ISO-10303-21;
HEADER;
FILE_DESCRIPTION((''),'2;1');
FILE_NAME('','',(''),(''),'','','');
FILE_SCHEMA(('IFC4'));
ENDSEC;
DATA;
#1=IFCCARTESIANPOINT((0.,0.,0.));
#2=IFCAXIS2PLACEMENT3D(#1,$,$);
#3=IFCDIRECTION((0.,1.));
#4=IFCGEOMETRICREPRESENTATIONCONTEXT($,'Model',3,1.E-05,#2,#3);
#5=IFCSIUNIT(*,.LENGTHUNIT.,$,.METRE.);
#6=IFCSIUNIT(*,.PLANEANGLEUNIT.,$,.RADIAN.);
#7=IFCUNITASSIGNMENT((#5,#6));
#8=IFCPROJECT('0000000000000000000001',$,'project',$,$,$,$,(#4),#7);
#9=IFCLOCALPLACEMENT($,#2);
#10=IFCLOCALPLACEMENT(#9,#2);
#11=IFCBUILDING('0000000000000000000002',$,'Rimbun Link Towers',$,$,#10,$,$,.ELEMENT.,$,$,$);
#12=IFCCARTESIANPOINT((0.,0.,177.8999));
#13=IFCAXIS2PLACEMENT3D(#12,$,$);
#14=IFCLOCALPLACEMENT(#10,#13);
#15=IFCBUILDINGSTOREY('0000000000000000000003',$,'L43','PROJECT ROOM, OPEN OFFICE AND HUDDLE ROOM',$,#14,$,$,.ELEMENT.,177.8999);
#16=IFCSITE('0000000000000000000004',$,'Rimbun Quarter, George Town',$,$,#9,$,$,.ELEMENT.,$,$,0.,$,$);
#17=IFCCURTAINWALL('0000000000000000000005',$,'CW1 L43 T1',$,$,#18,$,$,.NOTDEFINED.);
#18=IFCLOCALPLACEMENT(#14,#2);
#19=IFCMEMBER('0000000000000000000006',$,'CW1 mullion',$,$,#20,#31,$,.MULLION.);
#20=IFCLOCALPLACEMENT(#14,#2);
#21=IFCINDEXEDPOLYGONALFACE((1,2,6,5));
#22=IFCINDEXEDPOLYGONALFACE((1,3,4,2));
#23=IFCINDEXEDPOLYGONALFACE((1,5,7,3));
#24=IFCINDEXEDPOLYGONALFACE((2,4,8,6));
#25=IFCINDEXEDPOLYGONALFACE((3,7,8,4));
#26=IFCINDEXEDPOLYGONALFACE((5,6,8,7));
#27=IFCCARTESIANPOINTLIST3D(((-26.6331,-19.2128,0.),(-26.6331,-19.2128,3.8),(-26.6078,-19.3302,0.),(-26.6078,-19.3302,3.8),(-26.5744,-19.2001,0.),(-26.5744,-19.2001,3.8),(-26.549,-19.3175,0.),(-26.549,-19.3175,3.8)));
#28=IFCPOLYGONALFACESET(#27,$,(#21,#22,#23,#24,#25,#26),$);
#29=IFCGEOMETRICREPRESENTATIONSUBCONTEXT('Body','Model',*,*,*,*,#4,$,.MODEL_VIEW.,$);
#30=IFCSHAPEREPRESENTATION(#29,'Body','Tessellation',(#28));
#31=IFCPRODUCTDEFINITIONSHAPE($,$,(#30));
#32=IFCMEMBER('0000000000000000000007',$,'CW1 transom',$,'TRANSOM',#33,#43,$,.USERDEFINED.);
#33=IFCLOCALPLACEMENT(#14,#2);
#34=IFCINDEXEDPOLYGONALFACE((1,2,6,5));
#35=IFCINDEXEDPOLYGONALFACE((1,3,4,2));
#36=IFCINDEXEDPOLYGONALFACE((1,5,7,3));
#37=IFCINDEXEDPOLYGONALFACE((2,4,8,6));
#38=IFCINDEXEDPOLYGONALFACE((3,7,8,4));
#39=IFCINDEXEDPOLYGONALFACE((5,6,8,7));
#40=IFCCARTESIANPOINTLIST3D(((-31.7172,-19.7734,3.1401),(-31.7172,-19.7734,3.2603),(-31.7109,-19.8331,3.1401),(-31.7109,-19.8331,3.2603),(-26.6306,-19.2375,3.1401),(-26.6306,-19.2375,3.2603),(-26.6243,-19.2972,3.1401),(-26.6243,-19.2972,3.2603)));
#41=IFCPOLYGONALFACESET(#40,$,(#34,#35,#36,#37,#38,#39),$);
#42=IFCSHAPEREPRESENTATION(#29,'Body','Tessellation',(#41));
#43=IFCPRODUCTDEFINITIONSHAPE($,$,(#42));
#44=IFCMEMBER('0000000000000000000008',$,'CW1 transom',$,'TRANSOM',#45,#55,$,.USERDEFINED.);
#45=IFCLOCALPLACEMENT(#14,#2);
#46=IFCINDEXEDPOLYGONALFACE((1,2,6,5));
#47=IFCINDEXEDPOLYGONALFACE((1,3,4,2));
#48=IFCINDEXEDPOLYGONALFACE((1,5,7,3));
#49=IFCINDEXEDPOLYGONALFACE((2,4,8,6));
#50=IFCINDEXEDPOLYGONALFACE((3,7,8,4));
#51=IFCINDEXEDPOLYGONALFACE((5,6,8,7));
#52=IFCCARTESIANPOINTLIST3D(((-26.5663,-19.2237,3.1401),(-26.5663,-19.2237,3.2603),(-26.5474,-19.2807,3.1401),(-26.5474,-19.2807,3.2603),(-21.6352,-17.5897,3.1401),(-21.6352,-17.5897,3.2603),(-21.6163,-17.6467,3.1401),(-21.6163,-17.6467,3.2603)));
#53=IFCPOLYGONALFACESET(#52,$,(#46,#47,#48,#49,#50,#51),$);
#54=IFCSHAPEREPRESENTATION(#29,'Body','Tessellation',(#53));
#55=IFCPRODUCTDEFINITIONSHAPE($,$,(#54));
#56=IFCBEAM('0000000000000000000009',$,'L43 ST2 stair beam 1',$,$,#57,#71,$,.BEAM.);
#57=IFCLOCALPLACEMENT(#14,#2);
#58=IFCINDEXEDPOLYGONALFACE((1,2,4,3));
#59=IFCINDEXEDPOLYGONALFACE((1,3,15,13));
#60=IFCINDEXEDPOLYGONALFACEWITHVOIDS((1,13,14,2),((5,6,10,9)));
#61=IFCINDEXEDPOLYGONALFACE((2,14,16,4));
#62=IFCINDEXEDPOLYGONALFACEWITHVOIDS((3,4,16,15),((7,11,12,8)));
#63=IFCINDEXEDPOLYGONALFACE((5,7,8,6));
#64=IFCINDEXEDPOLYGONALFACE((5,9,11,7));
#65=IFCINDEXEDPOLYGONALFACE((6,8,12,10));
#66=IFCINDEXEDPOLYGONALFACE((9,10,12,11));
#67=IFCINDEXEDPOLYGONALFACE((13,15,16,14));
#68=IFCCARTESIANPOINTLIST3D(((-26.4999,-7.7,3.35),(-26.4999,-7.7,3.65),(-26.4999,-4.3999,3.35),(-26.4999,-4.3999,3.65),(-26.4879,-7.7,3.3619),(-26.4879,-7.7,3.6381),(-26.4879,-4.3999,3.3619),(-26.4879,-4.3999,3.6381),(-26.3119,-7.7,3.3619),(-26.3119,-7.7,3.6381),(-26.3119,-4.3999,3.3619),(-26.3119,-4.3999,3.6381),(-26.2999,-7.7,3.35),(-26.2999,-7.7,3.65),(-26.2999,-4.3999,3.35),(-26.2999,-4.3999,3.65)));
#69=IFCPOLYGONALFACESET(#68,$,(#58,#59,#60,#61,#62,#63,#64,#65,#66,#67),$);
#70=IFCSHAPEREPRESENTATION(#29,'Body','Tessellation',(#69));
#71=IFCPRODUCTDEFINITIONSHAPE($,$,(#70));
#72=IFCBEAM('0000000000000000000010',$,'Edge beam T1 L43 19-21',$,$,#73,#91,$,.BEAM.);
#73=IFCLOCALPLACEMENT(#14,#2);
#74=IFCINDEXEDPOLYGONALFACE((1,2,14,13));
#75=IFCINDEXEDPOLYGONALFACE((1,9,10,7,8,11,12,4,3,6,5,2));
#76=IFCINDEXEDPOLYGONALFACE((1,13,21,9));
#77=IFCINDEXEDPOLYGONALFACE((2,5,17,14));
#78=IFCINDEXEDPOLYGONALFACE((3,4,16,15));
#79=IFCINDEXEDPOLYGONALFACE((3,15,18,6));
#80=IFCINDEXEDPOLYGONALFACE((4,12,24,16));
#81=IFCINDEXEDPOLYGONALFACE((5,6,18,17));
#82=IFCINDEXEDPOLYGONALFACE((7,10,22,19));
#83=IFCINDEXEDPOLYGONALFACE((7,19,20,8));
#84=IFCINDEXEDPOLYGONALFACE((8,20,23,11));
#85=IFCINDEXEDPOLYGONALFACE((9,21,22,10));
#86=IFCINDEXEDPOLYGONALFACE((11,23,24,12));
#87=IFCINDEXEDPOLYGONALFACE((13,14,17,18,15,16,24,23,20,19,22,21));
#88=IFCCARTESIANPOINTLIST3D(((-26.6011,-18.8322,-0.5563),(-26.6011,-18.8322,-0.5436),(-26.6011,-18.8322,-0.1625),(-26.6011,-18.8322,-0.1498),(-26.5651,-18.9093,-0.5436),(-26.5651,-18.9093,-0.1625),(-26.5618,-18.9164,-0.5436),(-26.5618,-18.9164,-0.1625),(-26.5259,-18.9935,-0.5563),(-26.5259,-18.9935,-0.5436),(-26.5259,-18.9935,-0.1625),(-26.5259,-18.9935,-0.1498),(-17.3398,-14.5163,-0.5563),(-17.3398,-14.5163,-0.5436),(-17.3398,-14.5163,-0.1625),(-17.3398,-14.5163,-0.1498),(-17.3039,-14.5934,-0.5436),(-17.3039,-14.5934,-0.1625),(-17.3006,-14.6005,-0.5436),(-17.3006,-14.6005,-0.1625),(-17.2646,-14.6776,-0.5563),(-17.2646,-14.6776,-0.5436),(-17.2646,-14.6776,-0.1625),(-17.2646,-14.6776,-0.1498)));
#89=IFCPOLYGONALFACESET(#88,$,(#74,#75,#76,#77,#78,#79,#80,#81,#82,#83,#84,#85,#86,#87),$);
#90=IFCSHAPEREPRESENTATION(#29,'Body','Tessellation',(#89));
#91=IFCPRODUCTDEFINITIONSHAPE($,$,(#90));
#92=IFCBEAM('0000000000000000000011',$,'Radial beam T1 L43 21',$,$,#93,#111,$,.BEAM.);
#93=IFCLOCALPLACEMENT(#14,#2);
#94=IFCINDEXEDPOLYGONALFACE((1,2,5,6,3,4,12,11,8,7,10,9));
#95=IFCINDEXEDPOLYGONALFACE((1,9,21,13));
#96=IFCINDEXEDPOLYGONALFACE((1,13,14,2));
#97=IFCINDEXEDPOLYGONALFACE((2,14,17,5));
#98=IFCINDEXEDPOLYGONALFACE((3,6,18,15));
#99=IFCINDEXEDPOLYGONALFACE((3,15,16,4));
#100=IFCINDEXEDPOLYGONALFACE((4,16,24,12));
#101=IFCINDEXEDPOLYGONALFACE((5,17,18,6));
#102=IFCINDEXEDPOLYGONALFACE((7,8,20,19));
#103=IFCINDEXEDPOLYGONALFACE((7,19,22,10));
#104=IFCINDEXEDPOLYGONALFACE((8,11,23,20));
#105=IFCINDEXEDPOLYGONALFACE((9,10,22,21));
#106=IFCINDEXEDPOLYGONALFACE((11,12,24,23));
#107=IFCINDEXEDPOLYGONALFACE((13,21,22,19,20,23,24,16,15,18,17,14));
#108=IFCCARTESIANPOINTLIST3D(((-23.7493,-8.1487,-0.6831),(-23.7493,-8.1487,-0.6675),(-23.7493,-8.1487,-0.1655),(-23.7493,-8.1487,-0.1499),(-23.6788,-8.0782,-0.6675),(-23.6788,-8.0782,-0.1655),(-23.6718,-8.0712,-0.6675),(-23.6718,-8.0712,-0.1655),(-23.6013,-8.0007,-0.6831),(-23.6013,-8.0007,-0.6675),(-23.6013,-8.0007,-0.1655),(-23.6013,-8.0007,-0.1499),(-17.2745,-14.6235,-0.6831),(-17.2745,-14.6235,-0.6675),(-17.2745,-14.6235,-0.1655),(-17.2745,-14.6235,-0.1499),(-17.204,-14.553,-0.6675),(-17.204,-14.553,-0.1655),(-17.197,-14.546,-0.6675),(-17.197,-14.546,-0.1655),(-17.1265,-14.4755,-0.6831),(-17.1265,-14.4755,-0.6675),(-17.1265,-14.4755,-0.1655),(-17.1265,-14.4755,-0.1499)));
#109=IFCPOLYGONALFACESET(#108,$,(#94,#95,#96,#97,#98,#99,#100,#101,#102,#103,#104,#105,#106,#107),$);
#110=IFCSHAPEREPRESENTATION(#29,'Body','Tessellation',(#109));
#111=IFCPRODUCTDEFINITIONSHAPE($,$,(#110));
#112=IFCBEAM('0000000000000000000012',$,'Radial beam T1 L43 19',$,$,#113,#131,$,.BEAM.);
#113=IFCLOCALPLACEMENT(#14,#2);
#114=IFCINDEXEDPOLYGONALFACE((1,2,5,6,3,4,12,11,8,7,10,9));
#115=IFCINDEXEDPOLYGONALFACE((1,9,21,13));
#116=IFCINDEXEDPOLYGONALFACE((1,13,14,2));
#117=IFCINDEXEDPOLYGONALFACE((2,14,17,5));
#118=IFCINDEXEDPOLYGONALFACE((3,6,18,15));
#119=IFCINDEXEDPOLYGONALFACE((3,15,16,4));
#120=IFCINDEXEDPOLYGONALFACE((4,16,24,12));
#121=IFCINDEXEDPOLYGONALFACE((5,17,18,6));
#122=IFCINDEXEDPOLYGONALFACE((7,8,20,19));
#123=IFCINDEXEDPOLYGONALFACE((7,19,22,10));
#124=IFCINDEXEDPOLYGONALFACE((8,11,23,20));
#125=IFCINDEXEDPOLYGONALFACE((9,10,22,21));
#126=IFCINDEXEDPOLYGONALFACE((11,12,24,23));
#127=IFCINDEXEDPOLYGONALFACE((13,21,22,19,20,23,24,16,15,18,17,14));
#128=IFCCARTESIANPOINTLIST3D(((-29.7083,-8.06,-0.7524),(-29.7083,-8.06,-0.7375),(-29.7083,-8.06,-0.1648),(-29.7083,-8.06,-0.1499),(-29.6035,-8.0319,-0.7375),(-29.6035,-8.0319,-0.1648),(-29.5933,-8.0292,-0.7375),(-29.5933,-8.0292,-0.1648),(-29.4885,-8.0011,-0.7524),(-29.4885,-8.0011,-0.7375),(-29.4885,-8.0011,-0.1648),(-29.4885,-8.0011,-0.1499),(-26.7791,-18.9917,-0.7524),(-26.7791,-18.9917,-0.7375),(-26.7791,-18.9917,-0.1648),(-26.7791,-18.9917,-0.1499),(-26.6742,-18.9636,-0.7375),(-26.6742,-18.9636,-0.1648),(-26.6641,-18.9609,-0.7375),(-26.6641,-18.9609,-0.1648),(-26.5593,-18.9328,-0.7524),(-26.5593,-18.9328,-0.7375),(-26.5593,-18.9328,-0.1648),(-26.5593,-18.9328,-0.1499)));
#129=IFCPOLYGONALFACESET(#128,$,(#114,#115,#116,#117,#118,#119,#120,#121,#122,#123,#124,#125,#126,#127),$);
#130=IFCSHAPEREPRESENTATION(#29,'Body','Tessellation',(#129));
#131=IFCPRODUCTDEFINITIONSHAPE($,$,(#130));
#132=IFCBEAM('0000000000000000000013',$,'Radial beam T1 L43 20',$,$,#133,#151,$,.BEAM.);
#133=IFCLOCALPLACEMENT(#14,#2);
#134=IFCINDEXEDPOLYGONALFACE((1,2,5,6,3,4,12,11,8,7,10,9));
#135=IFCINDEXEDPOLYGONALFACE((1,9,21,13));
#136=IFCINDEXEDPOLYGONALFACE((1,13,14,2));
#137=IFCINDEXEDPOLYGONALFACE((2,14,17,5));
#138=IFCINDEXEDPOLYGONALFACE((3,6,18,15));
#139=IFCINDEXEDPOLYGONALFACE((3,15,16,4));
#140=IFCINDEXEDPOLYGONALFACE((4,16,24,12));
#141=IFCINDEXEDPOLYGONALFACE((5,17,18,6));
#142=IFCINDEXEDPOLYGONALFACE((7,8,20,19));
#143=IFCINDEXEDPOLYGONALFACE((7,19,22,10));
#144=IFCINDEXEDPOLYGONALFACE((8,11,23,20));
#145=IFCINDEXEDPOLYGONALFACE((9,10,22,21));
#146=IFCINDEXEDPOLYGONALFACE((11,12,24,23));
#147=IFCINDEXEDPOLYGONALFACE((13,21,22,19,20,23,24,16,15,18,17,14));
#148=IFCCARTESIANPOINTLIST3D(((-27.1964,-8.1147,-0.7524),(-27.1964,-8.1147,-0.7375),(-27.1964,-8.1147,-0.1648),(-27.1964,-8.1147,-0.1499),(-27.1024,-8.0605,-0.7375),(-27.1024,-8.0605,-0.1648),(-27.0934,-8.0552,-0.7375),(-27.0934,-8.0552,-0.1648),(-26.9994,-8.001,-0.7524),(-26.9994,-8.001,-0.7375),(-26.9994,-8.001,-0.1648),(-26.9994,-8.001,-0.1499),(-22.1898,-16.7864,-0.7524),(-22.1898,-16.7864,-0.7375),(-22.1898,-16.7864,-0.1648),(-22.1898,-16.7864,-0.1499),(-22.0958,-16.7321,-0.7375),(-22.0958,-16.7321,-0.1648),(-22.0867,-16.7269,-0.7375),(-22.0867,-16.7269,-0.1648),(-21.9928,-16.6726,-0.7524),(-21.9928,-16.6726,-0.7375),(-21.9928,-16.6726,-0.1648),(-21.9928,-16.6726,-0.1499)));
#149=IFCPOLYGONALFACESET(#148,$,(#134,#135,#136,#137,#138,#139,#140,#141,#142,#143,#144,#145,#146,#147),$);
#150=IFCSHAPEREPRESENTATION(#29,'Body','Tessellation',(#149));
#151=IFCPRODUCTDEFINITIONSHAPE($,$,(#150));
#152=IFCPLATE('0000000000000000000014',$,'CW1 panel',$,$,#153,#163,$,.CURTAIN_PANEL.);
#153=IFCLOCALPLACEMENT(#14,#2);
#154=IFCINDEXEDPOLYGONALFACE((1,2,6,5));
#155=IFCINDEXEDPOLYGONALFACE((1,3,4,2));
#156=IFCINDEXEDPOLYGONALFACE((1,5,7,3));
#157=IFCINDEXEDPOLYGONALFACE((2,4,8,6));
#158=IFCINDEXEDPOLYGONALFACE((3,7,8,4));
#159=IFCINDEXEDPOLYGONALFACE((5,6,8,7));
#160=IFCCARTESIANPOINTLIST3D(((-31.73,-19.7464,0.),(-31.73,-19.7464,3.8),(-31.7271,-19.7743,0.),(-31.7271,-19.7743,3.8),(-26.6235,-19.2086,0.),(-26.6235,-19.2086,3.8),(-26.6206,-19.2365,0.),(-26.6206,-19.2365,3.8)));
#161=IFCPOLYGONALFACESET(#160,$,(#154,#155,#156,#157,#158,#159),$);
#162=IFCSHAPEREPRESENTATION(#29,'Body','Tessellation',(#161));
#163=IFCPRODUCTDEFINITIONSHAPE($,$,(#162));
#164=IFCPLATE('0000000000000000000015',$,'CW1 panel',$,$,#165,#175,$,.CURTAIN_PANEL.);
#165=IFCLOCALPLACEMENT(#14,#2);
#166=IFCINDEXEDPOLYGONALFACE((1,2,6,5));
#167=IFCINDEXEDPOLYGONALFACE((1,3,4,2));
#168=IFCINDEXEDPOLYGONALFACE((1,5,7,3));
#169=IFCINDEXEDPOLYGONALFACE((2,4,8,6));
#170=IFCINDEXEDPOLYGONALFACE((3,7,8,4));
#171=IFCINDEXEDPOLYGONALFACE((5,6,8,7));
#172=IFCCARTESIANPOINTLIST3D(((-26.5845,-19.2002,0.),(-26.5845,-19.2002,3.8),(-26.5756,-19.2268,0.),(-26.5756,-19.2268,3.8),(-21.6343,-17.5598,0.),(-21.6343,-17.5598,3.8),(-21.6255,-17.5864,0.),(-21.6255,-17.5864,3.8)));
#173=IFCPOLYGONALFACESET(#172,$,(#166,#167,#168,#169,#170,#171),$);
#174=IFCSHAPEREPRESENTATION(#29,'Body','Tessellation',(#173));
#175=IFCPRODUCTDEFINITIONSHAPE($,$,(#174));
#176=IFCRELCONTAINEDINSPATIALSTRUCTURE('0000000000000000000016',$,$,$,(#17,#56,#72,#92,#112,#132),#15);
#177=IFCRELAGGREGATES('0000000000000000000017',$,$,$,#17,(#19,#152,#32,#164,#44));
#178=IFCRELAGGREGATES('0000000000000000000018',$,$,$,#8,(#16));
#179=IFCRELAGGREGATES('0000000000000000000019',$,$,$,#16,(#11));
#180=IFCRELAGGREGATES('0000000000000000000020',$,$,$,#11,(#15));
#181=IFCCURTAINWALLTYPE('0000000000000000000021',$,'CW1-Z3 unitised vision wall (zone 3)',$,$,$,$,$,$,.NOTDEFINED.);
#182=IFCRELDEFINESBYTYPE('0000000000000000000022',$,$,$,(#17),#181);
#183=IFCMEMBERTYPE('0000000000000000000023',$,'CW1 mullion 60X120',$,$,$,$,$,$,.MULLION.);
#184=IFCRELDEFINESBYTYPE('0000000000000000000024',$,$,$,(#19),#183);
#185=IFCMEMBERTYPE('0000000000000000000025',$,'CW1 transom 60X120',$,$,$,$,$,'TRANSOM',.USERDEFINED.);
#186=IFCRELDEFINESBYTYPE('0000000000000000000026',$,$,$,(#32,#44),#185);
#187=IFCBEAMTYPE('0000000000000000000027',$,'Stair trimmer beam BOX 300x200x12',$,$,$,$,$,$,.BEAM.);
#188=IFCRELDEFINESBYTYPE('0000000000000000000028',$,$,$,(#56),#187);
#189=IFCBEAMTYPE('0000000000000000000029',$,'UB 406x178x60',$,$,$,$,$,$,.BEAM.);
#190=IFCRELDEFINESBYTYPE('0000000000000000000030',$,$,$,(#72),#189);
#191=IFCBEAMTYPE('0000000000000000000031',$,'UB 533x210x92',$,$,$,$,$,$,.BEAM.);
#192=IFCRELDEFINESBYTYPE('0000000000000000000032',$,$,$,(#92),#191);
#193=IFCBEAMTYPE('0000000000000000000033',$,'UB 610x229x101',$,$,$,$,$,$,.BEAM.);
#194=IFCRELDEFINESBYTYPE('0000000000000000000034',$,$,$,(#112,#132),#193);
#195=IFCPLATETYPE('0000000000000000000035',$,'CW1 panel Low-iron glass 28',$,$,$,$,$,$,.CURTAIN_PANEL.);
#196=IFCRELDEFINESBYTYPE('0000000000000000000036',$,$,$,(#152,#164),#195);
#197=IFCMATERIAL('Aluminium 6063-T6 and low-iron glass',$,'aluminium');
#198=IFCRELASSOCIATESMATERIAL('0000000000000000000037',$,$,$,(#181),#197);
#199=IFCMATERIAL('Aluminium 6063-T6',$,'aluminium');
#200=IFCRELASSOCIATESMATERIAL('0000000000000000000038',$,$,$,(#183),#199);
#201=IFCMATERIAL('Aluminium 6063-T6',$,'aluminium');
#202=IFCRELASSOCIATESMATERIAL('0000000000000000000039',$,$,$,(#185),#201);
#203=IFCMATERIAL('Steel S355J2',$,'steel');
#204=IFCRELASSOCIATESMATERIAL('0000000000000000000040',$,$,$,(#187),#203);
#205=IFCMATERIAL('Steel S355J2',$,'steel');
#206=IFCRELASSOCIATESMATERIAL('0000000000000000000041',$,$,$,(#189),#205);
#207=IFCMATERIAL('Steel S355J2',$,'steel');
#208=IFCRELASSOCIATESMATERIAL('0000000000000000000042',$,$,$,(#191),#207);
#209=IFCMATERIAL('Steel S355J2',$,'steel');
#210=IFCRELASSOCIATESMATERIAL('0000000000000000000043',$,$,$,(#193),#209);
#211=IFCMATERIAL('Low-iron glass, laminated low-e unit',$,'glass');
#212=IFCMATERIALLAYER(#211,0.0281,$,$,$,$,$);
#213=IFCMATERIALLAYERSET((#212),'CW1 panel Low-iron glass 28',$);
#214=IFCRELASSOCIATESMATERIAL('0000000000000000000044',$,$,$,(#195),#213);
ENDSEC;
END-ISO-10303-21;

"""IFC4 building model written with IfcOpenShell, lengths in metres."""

from ifc_helpers import new_model, si_unit, direction, frame, origin, origin_2d, place, context, subcontext, project, spatial, rectangle, hollow_rectangle, i_section, extrude, material, layer, layer_set, material_profile, profile_set, type_object, element, aggregate, save


model = new_model("IFC4")

# Units and contexts
model_context = context("Model", 3, precision=1e-05, world=origin(), true_north=direction((0.0, 1.0)))
body_context = subcontext(model_context, "Body", "Model", "MODEL_VIEW")
ifc_project = project(units=[si_unit("LENGTHUNIT", "METRE"), si_unit("PLANEANGLEUNIT", "RADIAN")], contexts=[model_context])

# Site, building, storey
site_placement = place(None, origin())
site = spatial("IfcSite", under=ifc_project, at=site_placement, Name="Rimbun Quarter, George Town", CompositionType="ELEMENT", RefElevation=0.0)
building_placement = place(site_placement, origin())
building = spatial("IfcBuilding", under=site, at=building_placement, Name="Rimbun Link Towers", CompositionType="ELEMENT")
storey_placement = place(building_placement, frame((0.0, 0.0, 177.8999)))
storey = spatial("IfcBuildingStorey", under=building, at=storey_placement, Name="L43", Description="PROJECT ROOM, OPEN OFFICE AND HUDDLE ROOM", CompositionType="ELEMENT", Elevation=177.8999)

# Curtain wall, members
ifc_material_1 = material(Name="Aluminium 6063-T6 and low-iron glass", Category="aluminium")
curtain_wall_type = type_object("IfcCurtainWallType", Name="CW1-Z3 unitised vision wall (zone 3)", PredefinedType="NOTDEFINED", material=ifc_material_1)
curtain_wall_placement = place(storey_placement, origin())
curtain_wall = element("IfcCurtainWall", 1, at=curtain_wall_placement, inside=storey, type_object=curtain_wall_type, Name="CW1 L43 T1", PredefinedType="NOTDEFINED")
ifc_material_2 = material(Name="Aluminium 6063-T6", Category="aluminium")
ifc_material_profile_1 = material_profile(ifc_material_2, rectangle(XDim=0.1201, YDim=0.0601, at=origin_2d()), Name="MULLION 60X120")
ifc_profile_set_1 = profile_set([ifc_material_profile_1], Name="Aluminium 6063-T6")
member_type_1 = type_object("IfcMemberType", Name="CW1 mullion 60X120", PredefinedType="MULLION", material=ifc_profile_set_1)
member_1_placement = place(storey_placement, frame((-26.5911, -19.2651, 0.0), z_axis=(0.0, 0.0, 1.0), x_axis=(0.210867, -0.977515, 0.0)))
member_1 = element("IfcMember", 2, at=member_1_placement, type_object=member_type_1, Name="CW1 mullion", PredefinedType="MULLION", context=body_context, shape_type="SweptSolid", body=[
    extrude(rectangle(XDim=0.1201, YDim=0.0601, at=origin_2d()), origin(), (0.0, 0.0, 1.0), 3.8),
])
ifc_material_3 = material(Name="Aluminium 6063-T6", Category="aluminium")
ifc_material_profile_2 = material_profile(ifc_material_3, rectangle(XDim=0.0601, YDim=0.1201, at=origin_2d()), Name="TRANSOM 60X120")
ifc_profile_set_2 = profile_set([ifc_material_profile_2], Name="Aluminium 6063-T6")
member_type_2 = type_object("IfcMemberType", Name="CW1 transom 60X120", ElementType="TRANSOM", PredefinedType="USERDEFINED", material=ifc_profile_set_2)
member_2_placement = place(storey_placement, frame((-26.6274, -19.2673, 3.2002), z_axis=(-0.994496, -0.104772, 0.0), x_axis=(0.104772, -0.994496, 0.0)))
member_2 = element("IfcMember", 3, at=member_2_placement, type_object=member_type_2, Name="CW1 transom", ObjectType="TRANSOM", PredefinedType="USERDEFINED", context=body_context, shape_type="SweptSolid", body=[
    extrude(rectangle(XDim=0.0601, YDim=0.1201, at=origin_2d()), origin(), (0.0, 0.0, 1.0), 5.1147),
])
member_3_placement = place(storey_placement, frame((-21.6257, -17.6182, 3.2002), z_axis=(-0.949241, -0.314549, 0.0), x_axis=(0.314549, -0.949241, 0.0)))
member_3 = element("IfcMember", 4, at=member_3_placement, type_object=member_type_2, Name="CW1 transom", ObjectType="TRANSOM", PredefinedType="USERDEFINED", context=body_context, shape_type="SweptSolid", body=[
    extrude(rectangle(XDim=0.0601, YDim=0.1201, at=origin_2d()), origin(), (0.0, 0.0, 1.0), 5.1948),
])

# Beams
ifc_material_4 = material(Name="Steel S355J2", Category="steel")
ifc_material_profile_3 = material_profile(ifc_material_4, hollow_rectangle(XDim=0.2, YDim=0.3, WallThickness=0.012, at=origin_2d()), Name="BOX 300x200x12")
ifc_profile_set_3 = profile_set([ifc_material_profile_3], Name="Steel S355J2")
beam_type_1 = type_object("IfcBeamType", Name="Stair trimmer beam BOX 300x200x12", PredefinedType="BEAM", material=ifc_profile_set_3)
beam_1_placement = place(storey_placement, frame((-26.3999, -7.7, 3.5), z_axis=(0.0, 1.0, 0.0), x_axis=(-1.0, 0.0, 0.0)))
element("IfcBeam", 5, at=beam_1_placement, inside=storey, type_object=beam_type_1, Name="L43 ST2 stair beam 1", PredefinedType="BEAM", context=body_context, shape_type="SweptSolid", body=[
    extrude(hollow_rectangle(XDim=0.2, YDim=0.3, WallThickness=0.012, at=origin_2d()), origin(), (0.0, 0.0, 1.0), 3.3),
])
ifc_material_5 = material(Name="Steel S355J2", Category="steel")
ifc_material_profile_4 = material_profile(ifc_material_5, i_section(OverallWidth=0.178, OverallDepth=0.4065, WebThickness=0.0078, FlangeThickness=0.0127, at=origin_2d()), Name="UB 406x178x60")
ifc_profile_set_4 = profile_set([ifc_material_profile_4], Name="Steel S355J2")
beam_type_2 = type_object("IfcBeamType", Name="UB 406x178x60", PredefinedType="BEAM", material=ifc_profile_set_4)
beam_2_placement = place(storey_placement, frame((-26.5635, -18.9128, -0.353), z_axis=(0.906408, 0.422404, 0.0), x_axis=(-0.422404, 0.906408, 0.0)))
element("IfcBeam", 6, at=beam_2_placement, inside=storey, type_object=beam_type_2, Name="Edge beam T1 L43 19-21", PredefinedType="BEAM", context=body_context, shape_type="SweptSolid", body=[
    extrude(i_section(OverallWidth=0.178, OverallDepth=0.4065, WebThickness=0.0078, FlangeThickness=0.0127, at=origin_2d()), origin(), (0.0, 0.0, 1.0), 10.2175),
])
ifc_material_6 = material(Name="Steel S355J2", Category="steel")
ifc_material_profile_5 = material_profile(ifc_material_6, i_section(OverallWidth=0.2092, OverallDepth=0.5332, WebThickness=0.01, FlangeThickness=0.0156, at=origin_2d()), Name="UB 533x210x92")
ifc_profile_set_5 = profile_set([ifc_material_profile_5], Name="Steel S355J2")
beam_type_3 = type_object("IfcBeamType", Name="UB 533x210x92", PredefinedType="BEAM", material=ifc_profile_set_5)
beam_3_placement = place(storey_placement, frame((-23.6753, -8.0747, -0.4165), z_axis=(0.707107, -0.707107, 0.0), x_axis=(0.707107, 0.707107, 0.0)))
element("IfcBeam", 7, at=beam_3_placement, inside=storey, type_object=beam_type_3, Name="Radial beam T1 L43 21", PredefinedType="BEAM", context=body_context, shape_type="SweptSolid", body=[
    extrude(i_section(OverallWidth=0.2092, OverallDepth=0.5332, WebThickness=0.01, FlangeThickness=0.0156, at=origin_2d()), origin(), (0.0, 0.0, 1.0), 9.1567),
])
ifc_material_7 = material(Name="Steel S355J2", Category="steel")
ifc_material_profile_6 = material_profile(ifc_material_7, i_section(OverallWidth=0.2275, OverallDepth=0.6025, WebThickness=0.0105, FlangeThickness=0.0149, at=origin_2d()), Name="UB 610x229x101")
ifc_profile_set_6 = profile_set([ifc_material_profile_6], Name="Steel S355J2")
beam_type_4 = type_object("IfcBeamType", Name="UB 610x229x101", PredefinedType="BEAM", material=ifc_profile_set_6)
beam_4_placement = place(storey_placement, frame((-29.5984, -8.0305, -0.4512), z_axis=(0.258825, -0.965924, 0.0), x_axis=(0.965924, 0.258825, 0.0)))
element("IfcBeam", 8, at=beam_4_placement, inside=storey, type_object=beam_type_4, Name="Radial beam T1 L43 19", PredefinedType="BEAM", context=body_context, shape_type="SweptSolid", body=[
    extrude(i_section(OverallWidth=0.2275, OverallDepth=0.6025, WebThickness=0.0105, FlangeThickness=0.0149, at=origin_2d()), origin(), (0.0, 0.0, 1.0), 11.3174),
])
beam_5_placement = place(storey_placement, frame((-27.0979, -8.0579, -0.4512), z_axis=(0.500002, -0.866024, 0.0), x_axis=(0.866024, 0.500002, 0.0)))
element("IfcBeam", 9, at=beam_5_placement, inside=storey, type_object=beam_type_4, Name="Radial beam T1 L43 20", PredefinedType="BEAM", context=body_context, shape_type="SweptSolid", body=[
    extrude(i_section(OverallWidth=0.2275, OverallDepth=0.6025, WebThickness=0.0105, FlangeThickness=0.0149, at=origin_2d()), origin(), (0.0, 0.0, 1.0), 10.0132),
])

# Plates
ifc_material_8 = material(Name="Low-iron glass, laminated low-e unit", Category="glass")
ifc_layer_1 = layer(ifc_material_8, 0.0281)
ifc_layer_set_1 = layer_set([ifc_layer_1], Name="CW1 panel Low-iron glass 28")
plate_type = type_object("IfcPlateType", Name="CW1 panel Low-iron glass 28", PredefinedType="CURTAIN_PANEL", material=ifc_layer_set_1)
plate_1_placement = place(storey_placement, frame((-29.1753, -19.4915, 0.0), z_axis=(0.0, 0.0, 1.0), x_axis=(-0.9945, -0.104737, 0.0)))
plate_1 = element("IfcPlate", 10, at=plate_1_placement, type_object=plate_type, Name="CW1 panel", PredefinedType="CURTAIN_PANEL", context=body_context, shape_type="SweptSolid", body=[
    extrude(rectangle(XDim=5.1348, YDim=0.0281, at=origin_2d()), origin(), (0.0, 0.0, 1.0), 3.8),
])
plate_2_placement = place(storey_placement, frame((-24.105, -18.3933, 0.0), z_axis=(0.0, 0.0, 1.0), x_axis=(-0.949237, -0.31456, 0.0)))
plate_2 = element("IfcPlate", 11, at=plate_2_placement, type_object=plate_type, Name="CW1 panel", PredefinedType="CURTAIN_PANEL", context=body_context, shape_type="SweptSolid", body=[
    extrude(rectangle(XDim=5.2148, YDim=0.0281, at=origin_2d()), origin(), (0.0, 0.0, 1.0), 3.8),
])
aggregate(curtain_wall, [member_1, plate_1, member_2, plate_2, member_3])

save(model, "model.ifc")
